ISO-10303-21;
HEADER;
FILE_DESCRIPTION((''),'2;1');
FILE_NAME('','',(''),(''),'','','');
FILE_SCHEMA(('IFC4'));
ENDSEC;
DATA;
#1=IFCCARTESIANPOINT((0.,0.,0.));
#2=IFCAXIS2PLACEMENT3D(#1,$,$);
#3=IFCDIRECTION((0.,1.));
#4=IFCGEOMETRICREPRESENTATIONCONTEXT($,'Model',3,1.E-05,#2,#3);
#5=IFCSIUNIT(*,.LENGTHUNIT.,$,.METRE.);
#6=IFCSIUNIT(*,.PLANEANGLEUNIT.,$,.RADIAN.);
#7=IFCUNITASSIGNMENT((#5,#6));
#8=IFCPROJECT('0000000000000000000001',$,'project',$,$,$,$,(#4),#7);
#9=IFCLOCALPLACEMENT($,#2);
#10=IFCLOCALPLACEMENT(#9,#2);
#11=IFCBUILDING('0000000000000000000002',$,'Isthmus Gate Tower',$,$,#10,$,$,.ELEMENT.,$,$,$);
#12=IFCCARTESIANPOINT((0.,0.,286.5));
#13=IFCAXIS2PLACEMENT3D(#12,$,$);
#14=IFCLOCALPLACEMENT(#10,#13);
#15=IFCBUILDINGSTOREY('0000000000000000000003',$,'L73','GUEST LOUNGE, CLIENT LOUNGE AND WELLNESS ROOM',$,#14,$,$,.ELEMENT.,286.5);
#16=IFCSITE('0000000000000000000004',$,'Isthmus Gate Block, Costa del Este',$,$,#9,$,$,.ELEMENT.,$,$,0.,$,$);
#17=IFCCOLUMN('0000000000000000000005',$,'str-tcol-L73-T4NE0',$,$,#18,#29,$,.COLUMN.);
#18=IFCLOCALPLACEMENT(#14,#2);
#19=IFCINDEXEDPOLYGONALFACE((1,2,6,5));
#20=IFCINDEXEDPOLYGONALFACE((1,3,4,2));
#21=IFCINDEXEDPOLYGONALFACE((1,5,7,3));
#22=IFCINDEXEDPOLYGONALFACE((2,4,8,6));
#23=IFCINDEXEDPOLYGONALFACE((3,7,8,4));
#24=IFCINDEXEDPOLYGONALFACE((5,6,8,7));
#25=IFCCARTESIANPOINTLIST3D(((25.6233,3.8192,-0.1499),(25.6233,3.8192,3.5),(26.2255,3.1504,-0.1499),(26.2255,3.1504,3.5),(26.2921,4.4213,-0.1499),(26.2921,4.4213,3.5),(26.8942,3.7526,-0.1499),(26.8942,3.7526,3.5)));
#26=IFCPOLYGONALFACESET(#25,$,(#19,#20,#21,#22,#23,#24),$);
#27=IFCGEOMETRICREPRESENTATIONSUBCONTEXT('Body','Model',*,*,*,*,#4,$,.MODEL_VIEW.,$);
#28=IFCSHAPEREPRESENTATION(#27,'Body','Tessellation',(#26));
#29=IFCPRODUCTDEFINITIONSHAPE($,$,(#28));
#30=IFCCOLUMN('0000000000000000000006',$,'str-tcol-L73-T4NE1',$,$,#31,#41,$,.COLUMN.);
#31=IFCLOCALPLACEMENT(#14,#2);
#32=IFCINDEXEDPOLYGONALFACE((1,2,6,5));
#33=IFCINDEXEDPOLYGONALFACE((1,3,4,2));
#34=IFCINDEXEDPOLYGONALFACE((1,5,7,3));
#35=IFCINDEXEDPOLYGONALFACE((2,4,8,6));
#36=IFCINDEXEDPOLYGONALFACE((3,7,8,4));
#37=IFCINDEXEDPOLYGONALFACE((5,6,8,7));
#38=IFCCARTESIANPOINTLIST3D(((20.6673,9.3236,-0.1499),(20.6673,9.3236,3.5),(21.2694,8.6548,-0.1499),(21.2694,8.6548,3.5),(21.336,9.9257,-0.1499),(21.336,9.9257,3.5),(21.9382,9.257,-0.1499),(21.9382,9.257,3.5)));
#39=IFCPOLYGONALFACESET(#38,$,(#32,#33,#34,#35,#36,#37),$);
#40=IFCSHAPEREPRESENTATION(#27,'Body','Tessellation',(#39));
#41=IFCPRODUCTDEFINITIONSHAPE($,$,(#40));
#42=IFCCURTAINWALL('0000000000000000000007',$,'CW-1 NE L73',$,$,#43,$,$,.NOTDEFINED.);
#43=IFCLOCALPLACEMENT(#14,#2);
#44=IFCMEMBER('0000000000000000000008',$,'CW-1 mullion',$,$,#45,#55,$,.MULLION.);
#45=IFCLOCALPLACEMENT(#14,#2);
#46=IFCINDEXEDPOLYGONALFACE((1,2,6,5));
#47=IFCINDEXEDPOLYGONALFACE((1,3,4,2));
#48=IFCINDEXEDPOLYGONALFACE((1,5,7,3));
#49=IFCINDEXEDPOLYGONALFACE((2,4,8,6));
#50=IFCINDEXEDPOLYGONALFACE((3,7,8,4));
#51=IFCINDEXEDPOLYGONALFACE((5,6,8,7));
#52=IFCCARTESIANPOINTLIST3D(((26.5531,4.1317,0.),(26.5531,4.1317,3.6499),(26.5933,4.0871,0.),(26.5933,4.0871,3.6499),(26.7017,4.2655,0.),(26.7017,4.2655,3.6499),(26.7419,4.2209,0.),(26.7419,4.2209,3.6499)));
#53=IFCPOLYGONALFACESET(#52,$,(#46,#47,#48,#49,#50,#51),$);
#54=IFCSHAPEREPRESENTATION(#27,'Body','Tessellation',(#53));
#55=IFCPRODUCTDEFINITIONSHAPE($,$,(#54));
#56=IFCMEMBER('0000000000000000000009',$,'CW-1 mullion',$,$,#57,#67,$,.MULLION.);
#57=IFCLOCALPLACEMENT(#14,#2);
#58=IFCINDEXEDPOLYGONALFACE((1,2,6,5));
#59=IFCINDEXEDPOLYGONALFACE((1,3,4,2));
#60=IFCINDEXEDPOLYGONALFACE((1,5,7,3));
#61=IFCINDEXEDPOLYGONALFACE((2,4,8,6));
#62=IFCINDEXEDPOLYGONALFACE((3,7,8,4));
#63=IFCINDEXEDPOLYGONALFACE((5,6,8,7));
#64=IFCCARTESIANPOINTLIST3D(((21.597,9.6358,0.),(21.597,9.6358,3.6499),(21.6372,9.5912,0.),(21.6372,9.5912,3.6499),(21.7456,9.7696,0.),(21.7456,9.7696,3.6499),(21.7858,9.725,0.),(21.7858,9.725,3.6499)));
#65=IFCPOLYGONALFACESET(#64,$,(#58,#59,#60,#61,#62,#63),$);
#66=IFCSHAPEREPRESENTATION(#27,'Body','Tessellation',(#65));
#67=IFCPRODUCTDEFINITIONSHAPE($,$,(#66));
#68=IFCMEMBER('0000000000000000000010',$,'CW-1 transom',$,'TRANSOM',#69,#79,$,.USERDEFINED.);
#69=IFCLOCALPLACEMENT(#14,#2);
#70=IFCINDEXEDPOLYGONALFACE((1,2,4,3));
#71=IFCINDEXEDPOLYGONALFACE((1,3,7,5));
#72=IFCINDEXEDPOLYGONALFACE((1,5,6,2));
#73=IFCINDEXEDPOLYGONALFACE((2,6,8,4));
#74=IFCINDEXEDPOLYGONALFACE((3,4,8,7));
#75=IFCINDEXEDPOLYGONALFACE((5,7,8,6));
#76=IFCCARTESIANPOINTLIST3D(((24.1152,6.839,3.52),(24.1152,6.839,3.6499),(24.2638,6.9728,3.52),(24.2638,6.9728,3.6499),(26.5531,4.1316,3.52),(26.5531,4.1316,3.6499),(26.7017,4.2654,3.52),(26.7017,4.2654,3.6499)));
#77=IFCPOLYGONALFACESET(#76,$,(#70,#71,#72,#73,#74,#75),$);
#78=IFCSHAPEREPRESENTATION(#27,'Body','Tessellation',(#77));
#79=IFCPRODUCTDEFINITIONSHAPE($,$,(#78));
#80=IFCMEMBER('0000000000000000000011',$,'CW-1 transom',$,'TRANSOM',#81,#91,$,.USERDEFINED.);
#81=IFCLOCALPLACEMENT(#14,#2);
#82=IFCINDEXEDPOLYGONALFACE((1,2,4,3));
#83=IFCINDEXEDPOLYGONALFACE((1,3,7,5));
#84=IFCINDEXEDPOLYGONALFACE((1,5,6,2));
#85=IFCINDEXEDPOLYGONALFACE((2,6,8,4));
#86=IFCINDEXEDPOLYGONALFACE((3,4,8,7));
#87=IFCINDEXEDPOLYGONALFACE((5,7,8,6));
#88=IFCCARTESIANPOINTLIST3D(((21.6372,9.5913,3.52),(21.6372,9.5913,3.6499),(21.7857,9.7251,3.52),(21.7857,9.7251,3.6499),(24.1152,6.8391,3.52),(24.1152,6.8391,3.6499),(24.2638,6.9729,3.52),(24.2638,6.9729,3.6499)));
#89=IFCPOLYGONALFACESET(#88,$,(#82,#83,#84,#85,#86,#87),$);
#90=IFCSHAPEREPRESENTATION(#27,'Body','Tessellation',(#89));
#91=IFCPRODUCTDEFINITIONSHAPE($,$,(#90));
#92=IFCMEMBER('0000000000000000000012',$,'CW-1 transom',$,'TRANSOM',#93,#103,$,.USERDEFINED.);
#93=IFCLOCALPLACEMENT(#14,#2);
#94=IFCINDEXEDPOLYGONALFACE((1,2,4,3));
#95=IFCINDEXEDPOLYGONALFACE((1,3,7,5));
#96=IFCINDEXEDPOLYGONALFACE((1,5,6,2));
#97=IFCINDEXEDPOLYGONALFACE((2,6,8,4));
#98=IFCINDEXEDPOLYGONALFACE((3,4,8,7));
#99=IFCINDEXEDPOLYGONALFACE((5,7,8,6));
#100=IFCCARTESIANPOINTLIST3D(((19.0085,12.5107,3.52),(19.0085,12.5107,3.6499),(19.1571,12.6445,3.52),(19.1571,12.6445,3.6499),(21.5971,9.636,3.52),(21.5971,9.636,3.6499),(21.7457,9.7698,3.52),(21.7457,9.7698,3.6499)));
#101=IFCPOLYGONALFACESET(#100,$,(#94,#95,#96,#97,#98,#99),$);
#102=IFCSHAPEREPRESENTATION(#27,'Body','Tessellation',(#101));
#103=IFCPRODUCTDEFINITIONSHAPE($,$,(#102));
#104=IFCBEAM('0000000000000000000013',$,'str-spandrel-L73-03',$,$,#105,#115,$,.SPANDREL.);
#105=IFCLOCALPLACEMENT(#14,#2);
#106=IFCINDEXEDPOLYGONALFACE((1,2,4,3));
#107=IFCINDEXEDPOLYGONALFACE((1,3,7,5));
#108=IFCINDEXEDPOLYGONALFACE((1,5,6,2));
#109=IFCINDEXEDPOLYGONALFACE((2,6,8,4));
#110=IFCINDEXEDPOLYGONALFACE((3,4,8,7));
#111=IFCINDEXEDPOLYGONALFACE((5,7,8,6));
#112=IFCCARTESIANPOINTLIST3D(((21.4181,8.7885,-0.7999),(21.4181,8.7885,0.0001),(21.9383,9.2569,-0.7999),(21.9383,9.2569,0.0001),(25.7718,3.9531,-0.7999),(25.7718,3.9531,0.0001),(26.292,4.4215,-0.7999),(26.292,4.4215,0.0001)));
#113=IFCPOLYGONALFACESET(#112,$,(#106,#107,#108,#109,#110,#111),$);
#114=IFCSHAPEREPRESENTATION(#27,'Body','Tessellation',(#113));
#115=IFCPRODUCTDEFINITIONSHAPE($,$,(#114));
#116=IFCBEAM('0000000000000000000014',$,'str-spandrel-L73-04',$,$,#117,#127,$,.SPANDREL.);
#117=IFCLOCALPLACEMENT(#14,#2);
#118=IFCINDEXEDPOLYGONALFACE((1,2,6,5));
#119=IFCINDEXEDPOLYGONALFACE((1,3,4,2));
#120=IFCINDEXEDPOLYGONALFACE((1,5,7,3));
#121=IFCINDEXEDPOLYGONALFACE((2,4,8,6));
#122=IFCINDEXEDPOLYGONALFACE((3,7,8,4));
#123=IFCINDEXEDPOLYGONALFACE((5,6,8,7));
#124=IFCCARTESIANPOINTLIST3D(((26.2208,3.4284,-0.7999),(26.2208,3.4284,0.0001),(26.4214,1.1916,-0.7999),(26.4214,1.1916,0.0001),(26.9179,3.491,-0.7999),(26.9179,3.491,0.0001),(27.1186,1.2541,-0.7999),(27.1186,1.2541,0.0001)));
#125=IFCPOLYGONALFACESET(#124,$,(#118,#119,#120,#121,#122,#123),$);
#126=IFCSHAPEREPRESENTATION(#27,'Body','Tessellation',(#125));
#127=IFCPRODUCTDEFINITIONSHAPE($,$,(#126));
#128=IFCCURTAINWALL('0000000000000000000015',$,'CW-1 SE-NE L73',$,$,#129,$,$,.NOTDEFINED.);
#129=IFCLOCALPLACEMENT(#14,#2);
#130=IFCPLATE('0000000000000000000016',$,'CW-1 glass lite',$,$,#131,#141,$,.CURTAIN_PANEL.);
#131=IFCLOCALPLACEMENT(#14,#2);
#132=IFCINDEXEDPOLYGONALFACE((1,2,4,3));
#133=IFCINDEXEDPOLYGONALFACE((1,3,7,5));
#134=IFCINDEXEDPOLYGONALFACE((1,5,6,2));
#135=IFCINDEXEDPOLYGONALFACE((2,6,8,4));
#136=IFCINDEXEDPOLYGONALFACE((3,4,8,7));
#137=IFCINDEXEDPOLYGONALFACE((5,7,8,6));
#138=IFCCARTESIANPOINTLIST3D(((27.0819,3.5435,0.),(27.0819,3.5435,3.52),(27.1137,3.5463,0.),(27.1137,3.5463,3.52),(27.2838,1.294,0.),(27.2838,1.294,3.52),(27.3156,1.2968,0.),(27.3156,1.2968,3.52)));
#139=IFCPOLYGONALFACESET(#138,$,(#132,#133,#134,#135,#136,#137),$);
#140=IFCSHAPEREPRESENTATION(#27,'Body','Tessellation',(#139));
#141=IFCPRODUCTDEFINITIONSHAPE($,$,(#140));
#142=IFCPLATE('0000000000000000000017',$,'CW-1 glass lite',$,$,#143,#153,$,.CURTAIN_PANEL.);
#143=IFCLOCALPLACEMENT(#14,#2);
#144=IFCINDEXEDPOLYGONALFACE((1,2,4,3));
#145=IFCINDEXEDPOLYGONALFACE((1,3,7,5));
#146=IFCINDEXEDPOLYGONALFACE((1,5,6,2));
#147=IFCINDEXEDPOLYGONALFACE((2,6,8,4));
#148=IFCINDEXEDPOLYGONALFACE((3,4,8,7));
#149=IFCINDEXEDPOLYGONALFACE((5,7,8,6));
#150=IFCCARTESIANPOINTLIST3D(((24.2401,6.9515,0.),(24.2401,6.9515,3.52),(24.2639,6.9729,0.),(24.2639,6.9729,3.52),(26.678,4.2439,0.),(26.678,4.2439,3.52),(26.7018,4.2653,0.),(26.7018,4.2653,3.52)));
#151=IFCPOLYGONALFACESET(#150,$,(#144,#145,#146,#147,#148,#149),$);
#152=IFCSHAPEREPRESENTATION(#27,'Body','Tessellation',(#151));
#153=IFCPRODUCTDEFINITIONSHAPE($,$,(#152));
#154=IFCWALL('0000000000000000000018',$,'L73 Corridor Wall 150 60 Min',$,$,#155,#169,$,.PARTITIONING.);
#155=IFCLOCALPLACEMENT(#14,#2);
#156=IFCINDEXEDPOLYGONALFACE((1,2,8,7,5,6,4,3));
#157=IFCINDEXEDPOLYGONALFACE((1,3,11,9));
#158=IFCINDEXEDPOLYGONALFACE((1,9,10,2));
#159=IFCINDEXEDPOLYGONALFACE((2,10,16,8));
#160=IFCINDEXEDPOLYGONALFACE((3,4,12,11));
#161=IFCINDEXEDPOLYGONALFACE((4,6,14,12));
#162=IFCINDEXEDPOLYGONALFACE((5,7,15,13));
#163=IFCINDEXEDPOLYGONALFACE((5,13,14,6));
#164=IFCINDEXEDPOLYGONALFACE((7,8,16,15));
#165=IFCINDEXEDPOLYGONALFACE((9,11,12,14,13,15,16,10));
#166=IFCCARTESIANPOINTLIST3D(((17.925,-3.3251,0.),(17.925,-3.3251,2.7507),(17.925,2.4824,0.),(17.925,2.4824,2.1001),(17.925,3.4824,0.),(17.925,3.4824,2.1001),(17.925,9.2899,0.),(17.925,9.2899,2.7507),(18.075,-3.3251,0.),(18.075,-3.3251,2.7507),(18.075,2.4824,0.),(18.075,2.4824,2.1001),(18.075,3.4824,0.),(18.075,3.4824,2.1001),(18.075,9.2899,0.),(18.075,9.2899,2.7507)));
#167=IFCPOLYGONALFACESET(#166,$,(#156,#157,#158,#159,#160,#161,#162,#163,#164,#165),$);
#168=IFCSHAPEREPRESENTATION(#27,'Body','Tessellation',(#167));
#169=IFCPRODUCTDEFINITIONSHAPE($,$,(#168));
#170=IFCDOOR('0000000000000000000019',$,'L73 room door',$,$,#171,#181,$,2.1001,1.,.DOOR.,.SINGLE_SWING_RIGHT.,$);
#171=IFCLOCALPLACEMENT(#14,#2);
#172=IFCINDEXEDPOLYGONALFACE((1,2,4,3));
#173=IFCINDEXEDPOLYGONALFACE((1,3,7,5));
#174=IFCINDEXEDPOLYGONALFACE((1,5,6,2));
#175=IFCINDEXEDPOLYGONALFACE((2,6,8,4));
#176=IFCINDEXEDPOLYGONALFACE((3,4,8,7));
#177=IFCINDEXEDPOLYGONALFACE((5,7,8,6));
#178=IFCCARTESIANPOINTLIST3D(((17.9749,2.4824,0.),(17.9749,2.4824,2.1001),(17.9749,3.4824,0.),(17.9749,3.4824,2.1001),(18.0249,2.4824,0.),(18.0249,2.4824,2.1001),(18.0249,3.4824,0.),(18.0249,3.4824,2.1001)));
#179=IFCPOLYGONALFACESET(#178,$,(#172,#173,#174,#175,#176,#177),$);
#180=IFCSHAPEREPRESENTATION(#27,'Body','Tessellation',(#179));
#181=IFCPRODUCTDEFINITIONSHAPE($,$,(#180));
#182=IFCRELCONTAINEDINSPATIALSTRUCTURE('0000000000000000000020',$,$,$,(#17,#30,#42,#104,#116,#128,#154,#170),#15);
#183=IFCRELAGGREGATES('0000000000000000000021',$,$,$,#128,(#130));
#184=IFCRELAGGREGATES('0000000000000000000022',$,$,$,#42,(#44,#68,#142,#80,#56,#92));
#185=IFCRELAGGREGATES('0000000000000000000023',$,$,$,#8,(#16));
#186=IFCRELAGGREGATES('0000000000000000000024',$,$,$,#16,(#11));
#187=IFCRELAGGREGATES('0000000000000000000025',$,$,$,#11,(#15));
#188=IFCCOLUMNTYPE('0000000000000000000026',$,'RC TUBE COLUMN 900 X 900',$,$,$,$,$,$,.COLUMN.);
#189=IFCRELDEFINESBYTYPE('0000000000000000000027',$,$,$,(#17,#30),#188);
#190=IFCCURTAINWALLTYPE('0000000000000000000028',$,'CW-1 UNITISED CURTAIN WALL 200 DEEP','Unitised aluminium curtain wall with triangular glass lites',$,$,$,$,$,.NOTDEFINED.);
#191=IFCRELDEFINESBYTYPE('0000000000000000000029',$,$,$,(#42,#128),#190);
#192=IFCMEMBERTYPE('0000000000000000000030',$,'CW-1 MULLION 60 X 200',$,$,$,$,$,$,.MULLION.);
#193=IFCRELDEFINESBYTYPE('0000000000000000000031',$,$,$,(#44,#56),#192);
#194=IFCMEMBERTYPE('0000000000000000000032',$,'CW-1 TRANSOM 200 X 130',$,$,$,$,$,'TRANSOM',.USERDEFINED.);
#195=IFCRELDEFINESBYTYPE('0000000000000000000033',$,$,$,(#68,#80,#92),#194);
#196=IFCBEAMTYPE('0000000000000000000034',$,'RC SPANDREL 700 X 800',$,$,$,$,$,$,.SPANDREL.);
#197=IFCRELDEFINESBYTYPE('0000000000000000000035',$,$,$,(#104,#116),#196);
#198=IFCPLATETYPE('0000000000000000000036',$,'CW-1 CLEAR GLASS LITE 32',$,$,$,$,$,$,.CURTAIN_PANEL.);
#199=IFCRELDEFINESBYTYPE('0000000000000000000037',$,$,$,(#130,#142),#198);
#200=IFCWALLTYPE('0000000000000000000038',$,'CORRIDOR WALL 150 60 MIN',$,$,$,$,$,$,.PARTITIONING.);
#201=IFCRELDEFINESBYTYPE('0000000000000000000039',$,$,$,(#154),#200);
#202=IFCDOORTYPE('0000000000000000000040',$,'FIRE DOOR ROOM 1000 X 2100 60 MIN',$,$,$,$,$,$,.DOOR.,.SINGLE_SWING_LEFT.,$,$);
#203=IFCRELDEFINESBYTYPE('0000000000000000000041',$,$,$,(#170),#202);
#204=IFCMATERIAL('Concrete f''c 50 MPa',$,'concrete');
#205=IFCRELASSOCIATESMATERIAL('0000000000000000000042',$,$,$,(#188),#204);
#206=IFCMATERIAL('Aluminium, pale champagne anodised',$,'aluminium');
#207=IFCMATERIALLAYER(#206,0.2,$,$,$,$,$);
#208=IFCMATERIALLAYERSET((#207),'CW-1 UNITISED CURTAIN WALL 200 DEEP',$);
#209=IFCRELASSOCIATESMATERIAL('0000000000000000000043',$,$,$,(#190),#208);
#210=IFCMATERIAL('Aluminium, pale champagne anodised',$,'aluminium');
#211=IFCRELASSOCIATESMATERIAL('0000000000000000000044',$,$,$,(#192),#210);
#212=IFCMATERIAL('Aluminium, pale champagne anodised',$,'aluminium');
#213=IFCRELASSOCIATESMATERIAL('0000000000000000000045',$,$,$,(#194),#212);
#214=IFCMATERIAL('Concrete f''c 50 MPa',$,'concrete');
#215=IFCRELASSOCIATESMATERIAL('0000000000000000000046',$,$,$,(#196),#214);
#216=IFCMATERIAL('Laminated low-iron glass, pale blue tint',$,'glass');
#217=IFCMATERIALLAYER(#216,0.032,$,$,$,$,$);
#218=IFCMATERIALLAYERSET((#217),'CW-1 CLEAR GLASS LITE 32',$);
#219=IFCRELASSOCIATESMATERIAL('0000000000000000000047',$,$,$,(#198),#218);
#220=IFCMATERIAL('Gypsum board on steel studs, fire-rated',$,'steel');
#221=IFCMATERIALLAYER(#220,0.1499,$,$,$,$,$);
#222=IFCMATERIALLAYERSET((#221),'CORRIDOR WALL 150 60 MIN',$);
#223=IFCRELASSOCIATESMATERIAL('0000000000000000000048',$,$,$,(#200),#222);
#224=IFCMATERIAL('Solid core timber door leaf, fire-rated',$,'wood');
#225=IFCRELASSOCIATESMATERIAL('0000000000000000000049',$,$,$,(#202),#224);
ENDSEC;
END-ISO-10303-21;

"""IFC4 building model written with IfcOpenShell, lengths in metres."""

from ifc_helpers import new_model, si_unit, direction, frame, frame_2d, origin, origin_2d, place, context, subcontext, project, spatial, rectangle, extrude, material, layer, layer_set, material_profile, profile_set, type_object, element, fill, aggregate, save


model = new_model("IFC4")

# Units and contexts
model_context = context("Model", 3, precision=1e-05, world=origin(), true_north=direction((0.0, 1.0)))
body_context = subcontext(model_context, "Body", "Model", "MODEL_VIEW")
ifc_project = project(units=[si_unit("LENGTHUNIT", "METRE"), si_unit("PLANEANGLEUNIT", "RADIAN")], contexts=[model_context])

# Site, building, storey
site_placement = place(None, origin())
site = spatial("IfcSite", under=ifc_project, at=site_placement, Name="Isthmus Gate Block, Costa del Este", CompositionType="ELEMENT", RefElevation=0.0)
building_placement = place(site_placement, origin())
building = spatial("IfcBuilding", under=site, at=building_placement, Name="Isthmus Gate Tower", CompositionType="ELEMENT")
storey_placement = place(building_placement, frame((0.0, 0.0, 286.5)))
storey = spatial("IfcBuildingStorey", under=building, at=storey_placement, Name="L73", Description="GUEST LOUNGE, CLIENT LOUNGE AND WELLNESS ROOM", CompositionType="ELEMENT", Elevation=286.5)

# Columns
ifc_material_1 = material(Name="Concrete f'c 50 MPa", Category="concrete")
ifc_material_profile_1 = material_profile(ifc_material_1, rectangle(XDim=0.8999, YDim=0.8999, at=origin_2d()), Name="RC 900X900")
ifc_profile_set_1 = profile_set([ifc_material_profile_1], Name="Concrete f'c 50 MPa")
column_type = type_object("IfcColumnType", Name="RC TUBE COLUMN 900 X 900", PredefinedType="COLUMN", material=ifc_profile_set_1)
for number, where, z_axis, x_axis, name in (
    (1, (26.2588, 3.7859, -0.1499), (0.0, 0.0, 1.0), (-0.669131, 0.743145, 0.0), "str-tcol-L73-T4NE0"),
    (2, (21.3027, 9.2903, -0.1499), (0.0, 0.0, 1.0), (-0.669131, 0.743145, 0.0), "str-tcol-L73-T4NE1"),
):
    element("IfcColumn", number, at=place(storey_placement, frame(where, z_axis=z_axis, x_axis=x_axis)), inside=storey, type_object=column_type, Name=name, PredefinedType="COLUMN", context=body_context, shape_type="SweptSolid", body=[
        extrude(rectangle(XDim=0.8999, YDim=0.8999, at=origin_2d()), origin(), (0.0, 0.0, 1.0), 3.6499),
    ])

# Curtain wall, members
ifc_material_2 = material(Name="Aluminium, pale champagne anodised", Category="aluminium")
ifc_layer_1 = layer(ifc_material_2, 0.2)
ifc_layer_set_1 = layer_set([ifc_layer_1], Name="CW-1 UNITISED CURTAIN WALL 200 DEEP")
curtain_wall_type = type_object("IfcCurtainWallType", Name="CW-1 UNITISED CURTAIN WALL 200 DEEP", Description="Unitised aluminium curtain wall with triangular glass lites", PredefinedType="NOTDEFINED", material=ifc_layer_set_1)
curtain_wall_1_placement = place(storey_placement, origin())
curtain_wall_1 = element("IfcCurtainWall", 3, at=curtain_wall_1_placement, inside=storey, type_object=curtain_wall_type, Name="CW-1 NE L73", PredefinedType="NOTDEFINED")
ifc_material_3 = material(Name="Aluminium, pale champagne anodised", Category="aluminium")
ifc_material_profile_2 = material_profile(ifc_material_3, rectangle(XDim=0.0601, YDim=0.2, at=origin_2d()), Name="60x200")
ifc_profile_set_2 = profile_set([ifc_material_profile_2], Name="Aluminium, pale champagne anodised")
member_type_1 = type_object("IfcMemberType", Name="CW-1 MULLION 60 X 200", PredefinedType="MULLION", material=ifc_profile_set_2)
member_1_placement = place(storey_placement, frame((26.6475, 4.1763, 0.0), z_axis=(0.0, 0.0, 1.0), x_axis=(-0.669131, 0.743145, 0.0)))
member_1 = element("IfcMember", 4, at=member_1_placement, type_object=member_type_1, Name="CW-1 mullion", PredefinedType="MULLION", context=body_context, shape_type="SweptSolid", body=[
    extrude(rectangle(XDim=0.0601, YDim=0.2, at=origin_2d()), origin(), (0.0, 0.0, 1.0), 3.6499),
])
member_2_placement = place(storey_placement, frame((21.6914, 9.6804, 0.0), z_axis=(0.0, 0.0, 1.0), x_axis=(-0.669131, 0.743145, 0.0)))
member_2 = element("IfcMember", 5, at=member_2_placement, type_object=member_type_1, Name="CW-1 mullion", PredefinedType="MULLION", context=body_context, shape_type="SweptSolid", body=[
    extrude(rectangle(XDim=0.0601, YDim=0.2, at=origin_2d()), origin(), (0.0, 0.0, 1.0), 3.6499),
])
ifc_material_4 = material(Name="Aluminium, pale champagne anodised", Category="aluminium")
ifc_material_profile_3 = material_profile(ifc_material_4, rectangle(XDim=0.2, YDim=0.1299, at=origin_2d()), Name="200x130")
ifc_profile_set_3 = profile_set([ifc_material_profile_3], Name="Aluminium, pale champagne anodised")
member_type_2 = type_object("IfcMemberType", Name="CW-1 TRANSOM 200 X 130", ElementType="TRANSOM", PredefinedType="USERDEFINED", material=ifc_profile_set_3)
member_3_placement = place(storey_placement, frame((26.6274, 4.1985, 3.585), z_axis=(-0.66915, 0.743128, 0.0), x_axis=(-0.743128, -0.66915, 0.0)))
member_3 = element("IfcMember", 6, at=member_3_placement, type_object=member_type_2, Name="CW-1 transom", ObjectType="TRANSOM", PredefinedType="USERDEFINED", context=body_context, shape_type="SweptSolid", body=[
    extrude(rectangle(XDim=0.2, YDim=0.1299, at=origin_2d()), origin(), (0.0, 0.0, 1.0), 3.6433),
])
member_4_placement = place(storey_placement, frame((24.1895, 6.906, 3.585), z_axis=(-0.669121, 0.743153, 0.0), x_axis=(-0.743153, -0.669121, 0.0)))
member_4 = element("IfcMember", 7, at=member_4_placement, type_object=member_type_2, Name="CW-1 transom", ObjectType="TRANSOM", PredefinedType="USERDEFINED", context=body_context, shape_type="SweptSolid", body=[
    extrude(rectangle(XDim=0.2, YDim=0.1299, at=origin_2d()), origin(), (0.0, 0.0, 1.0), 3.7034),
])
member_5_placement = place(storey_placement, frame((21.6714, 9.7029, 3.585), z_axis=(-0.669156, 0.743122, 0.0), x_axis=(-0.743122, -0.669156, 0.0)))
member_5 = element("IfcMember", 8, at=member_5_placement, type_object=member_type_2, Name="CW-1 transom", ObjectType="TRANSOM", PredefinedType="USERDEFINED", context=body_context, shape_type="SweptSolid", body=[
    extrude(rectangle(XDim=0.2, YDim=0.1299, at=origin_2d()), origin(), (0.0, 0.0, 1.0), 3.8684),
])

# Beams
ifc_material_5 = material(Name="Concrete f'c 50 MPa", Category="concrete")
ifc_material_profile_4 = material_profile(ifc_material_5, rectangle(XDim=0.7, YDim=0.8, at=origin_2d()), Name="RC 700X800")
ifc_profile_set_4 = profile_set([ifc_material_profile_4], Name="Concrete f'c 50 MPa")
beam_type = type_object("IfcBeamType", Name="RC SPANDREL 700 X 800", PredefinedType="SPANDREL", material=ifc_profile_set_4)
beam_1_placement = place(storey_placement, frame((21.6782, 9.0227, -0.3999), z_axis=(0.669122, -0.743152, 0.0), x_axis=(0.743152, 0.669122, 0.0)))
element("IfcBeam", 9, at=beam_1_placement, inside=storey, type_object=beam_type, Name="str-spandrel-L73-03", PredefinedType="SPANDREL", context=body_context, shape_type="SweptSolid", body=[
    extrude(rectangle(XDim=0.7, YDim=0.8, at=origin_2d()), origin(), (0.0, 0.0, 1.0), 6.5066),
])
beam_2_placement = place(storey_placement, frame((26.5693, 3.4597, -0.3999), z_axis=(0.089359, -0.995999, 0.0), x_axis=(0.995999, 0.089359, 0.0)))
element("IfcBeam", 10, at=beam_2_placement, inside=storey, type_object=beam_type, Name="str-spandrel-L73-04", PredefinedType="SPANDREL", context=body_context, shape_type="SweptSolid", body=[
    extrude(rectangle(XDim=0.7, YDim=0.8, at=origin_2d()), origin(), (0.0, 0.0, 1.0), 2.2458),
])

# Curtain wall, plate
curtain_wall_2_placement = place(storey_placement, origin())
curtain_wall_2 = element("IfcCurtainWall", 11, at=curtain_wall_2_placement, inside=storey, type_object=curtain_wall_type, Name="CW-1 SE-NE L73", PredefinedType="NOTDEFINED")
ifc_material_6 = material(Name="Laminated low-iron glass, pale blue tint", Category="glass")
ifc_layer_2 = layer(ifc_material_6, 0.032)
ifc_layer_set_2 = layer_set([ifc_layer_2], Name="CW-1 CLEAR GLASS LITE 32")
plate_type = type_object("IfcPlateType", Name="CW-1 CLEAR GLASS LITE 32", PredefinedType="CURTAIN_PANEL", material=ifc_layer_set_2)
plate_1_placement = place(storey_placement, frame((27.1987, 2.4202, 0.0), z_axis=(0.0, 0.0, 1.0), x_axis=(-0.089397, 0.995996, 0.0)))
plate_1 = element("IfcPlate", 12, at=plate_1_placement, type_object=plate_type, Name="CW-1 glass lite", PredefinedType="CURTAIN_PANEL", context=body_context, shape_type="SweptSolid", body=[
    extrude(rectangle(XDim=2.2585, YDim=0.032, at=origin_2d()), origin(), (0.0, 0.0, 1.0), 3.52),
])
aggregate(curtain_wall_2, [plate_1])

# Plate
plate_2_placement = place(storey_placement, frame((25.4709, 5.6084, 0.0), z_axis=(0.0, 0.0, 1.0), x_axis=(-0.669131, 0.743145, 0.0)))
plate_2 = element("IfcPlate", 13, at=plate_2_placement, type_object=plate_type, Name="CW-1 glass lite", PredefinedType="CURTAIN_PANEL", context=body_context, shape_type="SweptSolid", body=[
    extrude(rectangle(XDim=3.6433, YDim=0.032, at=origin_2d()), origin(), (0.0, 0.0, 1.0), 3.52),
])

# Wall, opening, door
ifc_material_7 = material(Name="Gypsum board on steel studs, fire-rated", Category="steel")
ifc_layer_3 = layer(ifc_material_7, 0.1499)
ifc_layer_set_3 = layer_set([ifc_layer_3], Name="CORRIDOR WALL 150 60 MIN")
wall_type_1 = type_object("IfcWallType", Name="CORRIDOR WALL 150 60 MIN", PredefinedType="PARTITIONING", material=ifc_layer_set_3)
wall_1_placement = place(storey_placement, frame((18.0, 9.29, 0.0), z_axis=(0.0, 0.0, 1.0), x_axis=(0.0, -1.0, 0.0)))
wall_1 = element("IfcWall", 14, at=wall_1_placement, inside=storey, type_object=wall_type_1, Name="L73 Corridor Wall 150 60 Min", PredefinedType="PARTITIONING", context=body_context, shape_type="SweptSolid", body=[
    extrude(rectangle(XDim=12.615, YDim=0.1499, at=frame_2d((6.3076, 0.0))), origin(), (0.0, 0.0, 1.0), 2.7507),
])
opening_placement = place(wall_1_placement, frame((5.8076, 0.0, 0.0)))
opening = element("IfcOpeningElement", 15, at=opening_placement, cuts=wall_1, PredefinedType="OPENING", context=body_context, shape_type="SweptSolid", body=[
    extrude(rectangle(XDim=1.0, YDim=2.1001, at=frame_2d((0.5, 1.05))), frame((0.0, 0.085, 0.0), z_axis=(0.0, -1.0, 0.0), x_axis=(1.0, 0.0, 0.0)), (0.0, 0.0, 1.0), 0.1699),
])
ifc_material_8 = material(Name="Solid core timber door leaf, fire-rated", Category="wood")
door_type = type_object("IfcDoorType", Name="FIRE DOOR ROOM 1000 X 2100 60 MIN", OperationType="SINGLE_SWING_LEFT", PredefinedType="DOOR", material=ifc_material_8)
door_placement = place(opening_placement, origin())
door = element("IfcDoor", 16, at=door_placement, inside=storey, type_object=door_type, Name="L73 room door", OperationType="SINGLE_SWING_RIGHT", OverallHeight=2.1001, OverallWidth=1.0, PredefinedType="DOOR", context=body_context, shape_type="SweptSolid", body=[
    extrude(rectangle(XDim=1.0, YDim=2.1001, at=frame_2d((0.5, 1.05))), frame((0.0, 0.0249, 0.0), z_axis=(0.0, -1.0, 0.0), x_axis=(1.0, 0.0, 0.0)), (0.0, 0.0, 1.0), 0.05),
])
fill(opening, door)

aggregate(curtain_wall_1, [member_1, member_3, plate_2, member_4, member_2, member_5])

save(model, "model.ifc")
